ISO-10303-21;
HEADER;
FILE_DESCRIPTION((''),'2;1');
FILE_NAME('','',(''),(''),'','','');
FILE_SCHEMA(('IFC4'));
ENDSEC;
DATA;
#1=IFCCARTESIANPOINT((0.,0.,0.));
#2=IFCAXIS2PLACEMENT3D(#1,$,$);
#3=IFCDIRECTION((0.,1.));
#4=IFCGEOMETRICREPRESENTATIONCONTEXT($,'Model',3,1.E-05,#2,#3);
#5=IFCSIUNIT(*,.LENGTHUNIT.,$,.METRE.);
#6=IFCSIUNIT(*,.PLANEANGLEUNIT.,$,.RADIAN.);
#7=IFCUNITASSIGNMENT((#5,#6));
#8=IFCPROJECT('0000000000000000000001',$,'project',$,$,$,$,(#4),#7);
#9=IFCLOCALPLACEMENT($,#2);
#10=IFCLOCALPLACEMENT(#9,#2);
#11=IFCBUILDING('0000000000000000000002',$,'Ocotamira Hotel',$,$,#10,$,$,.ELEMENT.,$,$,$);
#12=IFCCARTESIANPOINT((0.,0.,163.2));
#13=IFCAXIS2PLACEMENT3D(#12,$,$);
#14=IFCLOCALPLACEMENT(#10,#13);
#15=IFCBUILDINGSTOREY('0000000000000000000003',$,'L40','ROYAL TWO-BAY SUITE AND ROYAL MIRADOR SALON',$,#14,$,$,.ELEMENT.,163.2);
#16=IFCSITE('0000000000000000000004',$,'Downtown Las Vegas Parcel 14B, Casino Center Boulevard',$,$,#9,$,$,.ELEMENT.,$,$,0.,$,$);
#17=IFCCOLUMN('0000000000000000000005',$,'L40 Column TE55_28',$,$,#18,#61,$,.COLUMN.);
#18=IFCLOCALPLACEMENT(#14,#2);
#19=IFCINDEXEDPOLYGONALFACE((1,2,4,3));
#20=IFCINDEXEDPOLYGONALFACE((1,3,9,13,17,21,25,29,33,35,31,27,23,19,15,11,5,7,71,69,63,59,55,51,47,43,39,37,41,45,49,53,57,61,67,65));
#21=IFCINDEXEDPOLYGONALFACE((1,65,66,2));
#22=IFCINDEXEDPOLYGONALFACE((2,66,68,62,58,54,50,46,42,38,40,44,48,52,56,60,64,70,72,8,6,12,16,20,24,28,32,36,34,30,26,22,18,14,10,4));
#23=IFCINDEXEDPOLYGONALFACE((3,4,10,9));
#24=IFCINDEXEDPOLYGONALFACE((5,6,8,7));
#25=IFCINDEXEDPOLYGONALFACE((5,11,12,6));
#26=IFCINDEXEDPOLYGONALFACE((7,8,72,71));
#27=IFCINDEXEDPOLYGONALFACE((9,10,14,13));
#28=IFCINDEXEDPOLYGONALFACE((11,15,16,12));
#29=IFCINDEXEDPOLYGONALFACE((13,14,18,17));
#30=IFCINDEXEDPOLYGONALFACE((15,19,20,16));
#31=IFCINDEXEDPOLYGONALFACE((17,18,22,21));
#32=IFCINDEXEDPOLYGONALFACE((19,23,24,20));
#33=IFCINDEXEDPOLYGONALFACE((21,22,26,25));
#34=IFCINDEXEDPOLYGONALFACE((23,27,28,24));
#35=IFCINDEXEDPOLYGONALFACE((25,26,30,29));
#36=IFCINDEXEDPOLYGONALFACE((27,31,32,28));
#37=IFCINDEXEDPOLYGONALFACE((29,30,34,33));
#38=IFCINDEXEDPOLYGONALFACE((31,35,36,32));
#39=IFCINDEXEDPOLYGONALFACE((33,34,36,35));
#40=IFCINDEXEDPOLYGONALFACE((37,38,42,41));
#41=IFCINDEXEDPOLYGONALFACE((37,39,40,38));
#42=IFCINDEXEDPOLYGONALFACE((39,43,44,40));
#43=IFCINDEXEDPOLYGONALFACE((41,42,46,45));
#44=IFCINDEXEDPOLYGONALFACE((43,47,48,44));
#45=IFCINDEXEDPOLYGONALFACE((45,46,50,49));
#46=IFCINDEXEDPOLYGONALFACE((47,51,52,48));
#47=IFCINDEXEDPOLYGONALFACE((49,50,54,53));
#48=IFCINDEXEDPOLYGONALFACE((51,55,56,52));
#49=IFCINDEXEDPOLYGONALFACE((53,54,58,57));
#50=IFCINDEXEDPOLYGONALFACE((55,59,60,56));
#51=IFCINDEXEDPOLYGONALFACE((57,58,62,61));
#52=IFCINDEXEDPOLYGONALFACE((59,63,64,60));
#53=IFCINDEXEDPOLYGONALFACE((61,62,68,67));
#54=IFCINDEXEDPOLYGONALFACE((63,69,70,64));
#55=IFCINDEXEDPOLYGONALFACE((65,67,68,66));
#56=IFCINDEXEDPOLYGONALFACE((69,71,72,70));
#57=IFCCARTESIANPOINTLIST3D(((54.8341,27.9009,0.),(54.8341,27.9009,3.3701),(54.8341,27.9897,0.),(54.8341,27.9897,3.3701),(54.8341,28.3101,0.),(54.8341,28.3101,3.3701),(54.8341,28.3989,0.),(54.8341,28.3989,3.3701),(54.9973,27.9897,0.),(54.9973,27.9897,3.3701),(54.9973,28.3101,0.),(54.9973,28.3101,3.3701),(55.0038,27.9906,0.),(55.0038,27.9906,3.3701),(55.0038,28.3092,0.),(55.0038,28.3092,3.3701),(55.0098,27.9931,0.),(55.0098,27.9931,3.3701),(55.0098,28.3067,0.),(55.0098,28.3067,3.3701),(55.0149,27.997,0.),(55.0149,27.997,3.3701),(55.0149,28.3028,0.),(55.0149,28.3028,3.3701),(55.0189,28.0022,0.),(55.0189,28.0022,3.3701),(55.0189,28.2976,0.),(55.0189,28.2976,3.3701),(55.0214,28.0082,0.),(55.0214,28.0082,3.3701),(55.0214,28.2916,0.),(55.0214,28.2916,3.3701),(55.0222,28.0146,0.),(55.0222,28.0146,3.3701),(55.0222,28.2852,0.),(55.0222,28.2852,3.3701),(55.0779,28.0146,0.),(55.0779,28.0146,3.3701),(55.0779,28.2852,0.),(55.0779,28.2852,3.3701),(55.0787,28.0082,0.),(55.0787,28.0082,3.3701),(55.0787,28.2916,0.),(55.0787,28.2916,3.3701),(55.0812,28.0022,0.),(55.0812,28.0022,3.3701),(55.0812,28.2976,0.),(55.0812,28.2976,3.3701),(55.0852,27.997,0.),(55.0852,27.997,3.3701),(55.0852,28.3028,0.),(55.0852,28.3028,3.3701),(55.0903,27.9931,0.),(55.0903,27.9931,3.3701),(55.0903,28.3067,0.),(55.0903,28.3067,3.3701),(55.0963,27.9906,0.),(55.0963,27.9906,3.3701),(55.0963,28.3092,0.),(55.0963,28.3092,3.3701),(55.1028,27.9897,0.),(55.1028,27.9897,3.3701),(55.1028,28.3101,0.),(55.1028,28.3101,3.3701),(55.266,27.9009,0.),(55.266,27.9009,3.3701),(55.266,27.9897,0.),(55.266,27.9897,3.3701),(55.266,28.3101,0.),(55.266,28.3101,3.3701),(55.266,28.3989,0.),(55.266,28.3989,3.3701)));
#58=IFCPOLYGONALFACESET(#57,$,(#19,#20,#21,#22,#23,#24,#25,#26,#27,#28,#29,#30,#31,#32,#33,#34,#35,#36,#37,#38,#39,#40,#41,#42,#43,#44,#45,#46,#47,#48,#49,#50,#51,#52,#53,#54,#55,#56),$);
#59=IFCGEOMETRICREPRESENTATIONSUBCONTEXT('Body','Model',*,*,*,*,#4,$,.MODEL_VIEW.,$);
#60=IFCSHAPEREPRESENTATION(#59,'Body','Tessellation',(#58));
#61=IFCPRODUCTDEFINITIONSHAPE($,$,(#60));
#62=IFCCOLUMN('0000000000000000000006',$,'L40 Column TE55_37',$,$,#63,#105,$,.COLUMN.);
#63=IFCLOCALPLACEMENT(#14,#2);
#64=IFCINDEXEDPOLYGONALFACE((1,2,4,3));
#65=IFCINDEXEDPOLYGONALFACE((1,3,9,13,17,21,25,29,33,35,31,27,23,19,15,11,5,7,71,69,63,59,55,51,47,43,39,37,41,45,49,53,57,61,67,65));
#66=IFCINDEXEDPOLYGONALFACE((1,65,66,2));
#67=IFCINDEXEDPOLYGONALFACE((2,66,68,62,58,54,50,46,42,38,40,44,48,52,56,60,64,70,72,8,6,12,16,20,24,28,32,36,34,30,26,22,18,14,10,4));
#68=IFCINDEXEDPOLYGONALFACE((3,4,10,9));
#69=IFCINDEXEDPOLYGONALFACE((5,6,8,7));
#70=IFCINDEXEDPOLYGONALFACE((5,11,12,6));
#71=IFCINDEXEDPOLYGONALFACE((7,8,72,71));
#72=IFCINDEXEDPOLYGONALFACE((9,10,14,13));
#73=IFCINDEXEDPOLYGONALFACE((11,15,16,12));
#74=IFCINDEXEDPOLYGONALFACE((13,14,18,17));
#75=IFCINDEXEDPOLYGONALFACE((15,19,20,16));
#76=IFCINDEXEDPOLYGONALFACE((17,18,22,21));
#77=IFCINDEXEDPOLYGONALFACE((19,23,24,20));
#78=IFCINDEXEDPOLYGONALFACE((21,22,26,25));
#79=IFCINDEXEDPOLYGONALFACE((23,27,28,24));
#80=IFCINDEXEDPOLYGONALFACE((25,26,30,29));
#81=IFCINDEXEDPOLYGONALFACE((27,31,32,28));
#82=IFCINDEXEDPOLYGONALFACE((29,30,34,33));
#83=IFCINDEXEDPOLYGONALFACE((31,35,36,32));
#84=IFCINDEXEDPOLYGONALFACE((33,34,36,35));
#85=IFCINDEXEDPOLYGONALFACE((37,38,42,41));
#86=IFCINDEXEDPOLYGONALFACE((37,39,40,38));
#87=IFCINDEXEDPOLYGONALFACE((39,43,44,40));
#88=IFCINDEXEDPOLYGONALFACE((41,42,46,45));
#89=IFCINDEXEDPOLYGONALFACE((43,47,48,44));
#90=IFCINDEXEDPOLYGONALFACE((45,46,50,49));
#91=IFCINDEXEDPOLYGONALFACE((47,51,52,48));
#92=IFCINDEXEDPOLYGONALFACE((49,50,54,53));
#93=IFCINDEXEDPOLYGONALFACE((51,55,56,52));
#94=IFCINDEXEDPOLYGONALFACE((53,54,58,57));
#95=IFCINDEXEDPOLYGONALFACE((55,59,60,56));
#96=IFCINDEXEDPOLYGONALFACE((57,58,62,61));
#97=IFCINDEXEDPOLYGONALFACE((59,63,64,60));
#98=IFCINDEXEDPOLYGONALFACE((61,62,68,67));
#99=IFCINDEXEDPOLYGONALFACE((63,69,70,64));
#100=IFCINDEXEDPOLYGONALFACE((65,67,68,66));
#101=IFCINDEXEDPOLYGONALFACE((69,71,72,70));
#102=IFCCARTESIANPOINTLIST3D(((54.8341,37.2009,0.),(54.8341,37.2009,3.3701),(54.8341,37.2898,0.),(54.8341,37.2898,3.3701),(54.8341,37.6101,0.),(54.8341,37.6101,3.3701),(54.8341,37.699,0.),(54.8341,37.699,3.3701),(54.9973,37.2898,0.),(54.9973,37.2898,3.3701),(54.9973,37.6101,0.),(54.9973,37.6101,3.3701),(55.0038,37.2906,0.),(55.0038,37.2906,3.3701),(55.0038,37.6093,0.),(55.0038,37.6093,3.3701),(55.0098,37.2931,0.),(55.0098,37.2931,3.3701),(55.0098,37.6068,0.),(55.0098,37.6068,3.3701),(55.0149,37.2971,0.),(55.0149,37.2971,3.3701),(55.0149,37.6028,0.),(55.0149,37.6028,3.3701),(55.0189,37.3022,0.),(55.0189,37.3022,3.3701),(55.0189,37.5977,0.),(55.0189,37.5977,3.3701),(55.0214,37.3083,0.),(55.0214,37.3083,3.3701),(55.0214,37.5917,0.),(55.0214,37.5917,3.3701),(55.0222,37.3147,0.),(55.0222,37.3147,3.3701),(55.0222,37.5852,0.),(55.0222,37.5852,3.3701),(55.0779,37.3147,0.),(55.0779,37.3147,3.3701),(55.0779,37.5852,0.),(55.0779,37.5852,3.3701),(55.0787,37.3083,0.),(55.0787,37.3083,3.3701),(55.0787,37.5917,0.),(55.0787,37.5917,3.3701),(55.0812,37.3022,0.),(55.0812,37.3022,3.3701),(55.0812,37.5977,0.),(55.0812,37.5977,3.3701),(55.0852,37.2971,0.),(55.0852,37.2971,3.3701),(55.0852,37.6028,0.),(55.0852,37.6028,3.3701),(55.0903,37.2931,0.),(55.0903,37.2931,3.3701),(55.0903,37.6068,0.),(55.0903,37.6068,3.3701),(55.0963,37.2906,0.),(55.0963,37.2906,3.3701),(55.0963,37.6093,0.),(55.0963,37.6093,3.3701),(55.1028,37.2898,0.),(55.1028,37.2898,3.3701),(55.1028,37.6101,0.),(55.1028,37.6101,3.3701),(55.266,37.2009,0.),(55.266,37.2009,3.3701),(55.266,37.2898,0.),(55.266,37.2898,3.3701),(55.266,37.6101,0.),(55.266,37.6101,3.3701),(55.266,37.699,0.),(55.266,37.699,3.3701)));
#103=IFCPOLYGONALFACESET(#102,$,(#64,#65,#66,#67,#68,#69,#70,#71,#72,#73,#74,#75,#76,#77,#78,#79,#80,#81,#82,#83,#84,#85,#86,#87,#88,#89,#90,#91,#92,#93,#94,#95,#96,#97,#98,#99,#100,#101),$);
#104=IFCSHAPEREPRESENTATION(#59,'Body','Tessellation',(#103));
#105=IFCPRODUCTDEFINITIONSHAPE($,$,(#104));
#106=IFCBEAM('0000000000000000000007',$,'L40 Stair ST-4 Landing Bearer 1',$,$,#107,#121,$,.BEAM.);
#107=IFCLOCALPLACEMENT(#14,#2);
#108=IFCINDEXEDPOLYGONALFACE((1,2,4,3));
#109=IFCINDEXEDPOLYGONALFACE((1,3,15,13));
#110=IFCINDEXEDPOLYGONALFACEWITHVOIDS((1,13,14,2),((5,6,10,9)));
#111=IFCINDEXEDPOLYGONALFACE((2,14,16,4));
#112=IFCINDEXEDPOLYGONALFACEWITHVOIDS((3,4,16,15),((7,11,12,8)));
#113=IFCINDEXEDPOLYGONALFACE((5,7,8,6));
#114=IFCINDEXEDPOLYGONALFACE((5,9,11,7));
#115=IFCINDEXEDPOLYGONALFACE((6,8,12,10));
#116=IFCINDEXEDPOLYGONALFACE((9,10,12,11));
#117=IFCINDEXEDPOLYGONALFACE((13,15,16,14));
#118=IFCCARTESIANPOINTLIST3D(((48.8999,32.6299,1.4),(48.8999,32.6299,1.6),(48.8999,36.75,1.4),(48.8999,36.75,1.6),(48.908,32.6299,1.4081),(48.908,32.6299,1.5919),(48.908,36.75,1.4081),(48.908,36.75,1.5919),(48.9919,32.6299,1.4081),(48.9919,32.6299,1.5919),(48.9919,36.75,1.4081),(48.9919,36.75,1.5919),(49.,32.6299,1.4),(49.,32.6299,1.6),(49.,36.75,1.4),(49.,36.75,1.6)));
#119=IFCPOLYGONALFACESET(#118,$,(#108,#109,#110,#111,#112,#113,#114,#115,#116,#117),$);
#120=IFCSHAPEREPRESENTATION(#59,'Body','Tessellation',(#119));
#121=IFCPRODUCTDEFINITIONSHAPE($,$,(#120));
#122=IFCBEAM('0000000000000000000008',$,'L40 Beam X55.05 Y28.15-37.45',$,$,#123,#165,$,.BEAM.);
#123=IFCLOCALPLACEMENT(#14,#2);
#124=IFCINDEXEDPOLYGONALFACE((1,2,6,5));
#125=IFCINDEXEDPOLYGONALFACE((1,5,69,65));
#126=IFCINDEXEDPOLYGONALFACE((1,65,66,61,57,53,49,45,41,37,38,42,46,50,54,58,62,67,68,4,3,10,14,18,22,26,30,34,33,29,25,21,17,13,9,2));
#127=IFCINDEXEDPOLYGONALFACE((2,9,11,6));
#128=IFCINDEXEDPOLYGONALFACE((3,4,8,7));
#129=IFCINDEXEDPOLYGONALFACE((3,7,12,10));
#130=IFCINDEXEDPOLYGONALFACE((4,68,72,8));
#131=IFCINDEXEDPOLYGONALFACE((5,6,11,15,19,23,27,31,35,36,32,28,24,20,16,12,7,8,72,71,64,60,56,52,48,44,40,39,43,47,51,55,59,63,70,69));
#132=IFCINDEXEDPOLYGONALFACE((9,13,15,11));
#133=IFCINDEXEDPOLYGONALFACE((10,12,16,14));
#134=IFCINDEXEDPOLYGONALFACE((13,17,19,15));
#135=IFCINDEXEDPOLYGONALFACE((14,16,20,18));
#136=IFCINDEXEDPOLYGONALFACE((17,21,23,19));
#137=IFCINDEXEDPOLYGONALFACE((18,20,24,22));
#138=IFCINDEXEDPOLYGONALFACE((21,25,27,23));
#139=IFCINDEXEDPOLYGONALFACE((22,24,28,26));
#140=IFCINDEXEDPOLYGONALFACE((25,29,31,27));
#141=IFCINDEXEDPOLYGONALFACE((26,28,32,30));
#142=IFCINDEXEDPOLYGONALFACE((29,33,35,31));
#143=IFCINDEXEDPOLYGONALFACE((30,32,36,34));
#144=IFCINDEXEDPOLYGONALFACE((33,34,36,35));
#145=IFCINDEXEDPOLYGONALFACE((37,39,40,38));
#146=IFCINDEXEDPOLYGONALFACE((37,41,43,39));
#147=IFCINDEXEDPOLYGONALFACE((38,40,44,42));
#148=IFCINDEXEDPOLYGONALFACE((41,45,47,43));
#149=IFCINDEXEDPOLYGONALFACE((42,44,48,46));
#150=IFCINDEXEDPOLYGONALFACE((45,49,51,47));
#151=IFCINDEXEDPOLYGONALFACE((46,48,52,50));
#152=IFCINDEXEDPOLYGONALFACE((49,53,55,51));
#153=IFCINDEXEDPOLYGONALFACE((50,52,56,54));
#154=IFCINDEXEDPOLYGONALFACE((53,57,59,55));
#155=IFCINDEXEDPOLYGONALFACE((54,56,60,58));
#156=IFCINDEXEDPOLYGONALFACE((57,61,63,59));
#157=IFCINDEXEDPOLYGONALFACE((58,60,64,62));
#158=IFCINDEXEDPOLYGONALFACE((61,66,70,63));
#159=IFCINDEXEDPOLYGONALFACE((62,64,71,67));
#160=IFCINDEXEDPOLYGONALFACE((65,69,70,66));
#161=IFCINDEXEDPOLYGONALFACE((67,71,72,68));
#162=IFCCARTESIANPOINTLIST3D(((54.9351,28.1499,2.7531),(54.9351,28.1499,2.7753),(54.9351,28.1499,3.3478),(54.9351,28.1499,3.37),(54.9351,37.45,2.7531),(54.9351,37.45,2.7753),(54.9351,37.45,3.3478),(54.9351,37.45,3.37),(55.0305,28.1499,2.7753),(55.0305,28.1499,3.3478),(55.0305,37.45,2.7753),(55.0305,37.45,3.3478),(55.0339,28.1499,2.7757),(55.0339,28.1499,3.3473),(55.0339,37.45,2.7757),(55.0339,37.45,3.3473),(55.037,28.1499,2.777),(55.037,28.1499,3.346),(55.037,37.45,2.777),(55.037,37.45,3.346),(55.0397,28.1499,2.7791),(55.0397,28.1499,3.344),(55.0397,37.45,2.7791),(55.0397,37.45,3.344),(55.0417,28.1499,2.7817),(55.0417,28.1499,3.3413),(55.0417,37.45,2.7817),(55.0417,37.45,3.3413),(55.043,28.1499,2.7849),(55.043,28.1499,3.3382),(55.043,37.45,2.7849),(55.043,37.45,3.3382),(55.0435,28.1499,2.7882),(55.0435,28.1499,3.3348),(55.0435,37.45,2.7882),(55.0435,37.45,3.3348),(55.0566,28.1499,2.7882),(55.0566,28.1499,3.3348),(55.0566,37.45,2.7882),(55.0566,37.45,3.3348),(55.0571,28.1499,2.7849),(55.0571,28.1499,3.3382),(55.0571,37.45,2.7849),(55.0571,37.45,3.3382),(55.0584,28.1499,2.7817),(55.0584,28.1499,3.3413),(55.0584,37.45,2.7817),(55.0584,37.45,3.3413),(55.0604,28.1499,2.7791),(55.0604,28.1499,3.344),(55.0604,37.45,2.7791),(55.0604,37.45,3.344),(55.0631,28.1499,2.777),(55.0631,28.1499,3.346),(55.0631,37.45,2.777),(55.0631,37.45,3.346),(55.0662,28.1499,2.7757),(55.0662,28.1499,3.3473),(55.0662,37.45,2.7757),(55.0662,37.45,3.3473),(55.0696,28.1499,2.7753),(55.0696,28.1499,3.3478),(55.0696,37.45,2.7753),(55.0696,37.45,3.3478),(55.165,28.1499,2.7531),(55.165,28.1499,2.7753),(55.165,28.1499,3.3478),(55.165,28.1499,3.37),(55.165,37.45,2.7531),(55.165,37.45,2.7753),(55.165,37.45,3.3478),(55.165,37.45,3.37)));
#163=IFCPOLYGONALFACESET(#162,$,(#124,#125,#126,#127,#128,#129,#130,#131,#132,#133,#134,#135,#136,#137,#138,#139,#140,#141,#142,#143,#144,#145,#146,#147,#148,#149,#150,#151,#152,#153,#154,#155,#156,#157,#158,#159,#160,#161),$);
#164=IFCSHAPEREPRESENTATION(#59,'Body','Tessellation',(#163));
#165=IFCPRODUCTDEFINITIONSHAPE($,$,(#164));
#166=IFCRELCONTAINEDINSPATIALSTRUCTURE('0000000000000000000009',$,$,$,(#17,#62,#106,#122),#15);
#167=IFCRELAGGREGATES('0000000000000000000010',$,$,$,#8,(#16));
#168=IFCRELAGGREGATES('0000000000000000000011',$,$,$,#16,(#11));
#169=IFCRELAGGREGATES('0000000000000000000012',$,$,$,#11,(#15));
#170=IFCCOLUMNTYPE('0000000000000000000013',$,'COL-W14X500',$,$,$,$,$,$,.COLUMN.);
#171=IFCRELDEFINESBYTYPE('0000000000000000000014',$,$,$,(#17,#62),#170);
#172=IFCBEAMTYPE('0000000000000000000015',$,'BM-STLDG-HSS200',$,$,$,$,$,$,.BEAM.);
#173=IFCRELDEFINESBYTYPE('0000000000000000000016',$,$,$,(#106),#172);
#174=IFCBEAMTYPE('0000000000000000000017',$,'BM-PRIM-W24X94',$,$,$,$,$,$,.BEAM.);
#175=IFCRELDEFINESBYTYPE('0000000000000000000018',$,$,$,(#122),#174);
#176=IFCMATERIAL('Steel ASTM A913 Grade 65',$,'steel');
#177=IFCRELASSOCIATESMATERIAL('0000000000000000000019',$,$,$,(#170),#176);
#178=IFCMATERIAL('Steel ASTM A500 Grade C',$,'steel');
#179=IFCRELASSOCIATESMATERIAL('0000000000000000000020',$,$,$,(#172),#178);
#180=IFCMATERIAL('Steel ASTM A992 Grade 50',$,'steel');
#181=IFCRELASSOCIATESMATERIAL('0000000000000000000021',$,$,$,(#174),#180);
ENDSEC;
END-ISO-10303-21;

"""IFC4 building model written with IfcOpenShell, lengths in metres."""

from ifc_helpers import new_model, si_unit, direction, frame, origin, origin_2d, place, context, subcontext, project, spatial, hollow_rectangle, i_section, extrude, source, transform, mapped, material, material_profile, profile_set, type_object, element, save


model = new_model("IFC4")

# Units and contexts
model_context = context("Model", 3, precision=1e-05, world=origin(), true_north=direction((0.0, 1.0)))
body_context = subcontext(model_context, "Body", "Model", "MODEL_VIEW")
ifc_project = project(units=[si_unit("LENGTHUNIT", "METRE"), si_unit("PLANEANGLEUNIT", "RADIAN")], contexts=[model_context])

# Site, building, storey
site_placement = place(None, origin())
site = spatial("IfcSite", under=ifc_project, at=site_placement, Name="Downtown Las Vegas Parcel 14B, Casino Center Boulevard", CompositionType="ELEMENT", RefElevation=0.0)
building_placement = place(site_placement, origin())
building = spatial("IfcBuilding", under=site, at=building_placement, Name="Ocotamira Hotel", CompositionType="ELEMENT")
storey_placement = place(building_placement, frame((0.0, 0.0, 163.2)))
storey = spatial("IfcBuildingStorey", under=building, at=storey_placement, Name="L40", Description="ROYAL TWO-BAY SUITE AND ROYAL MIRADOR SALON", CompositionType="ELEMENT", Elevation=163.2)

# Columns
ifc_material_1 = material(Name="Steel ASTM A913 Grade 65", Category="steel")
ifc_material_profile_1 = material_profile(ifc_material_1, i_section(OverallWidth=0.4319, OverallDepth=0.498, WebThickness=0.0557, FlangeThickness=0.0889, FilletRadius=0.0249, at=origin_2d()), Name="W14X500")
ifc_profile_set_1 = profile_set([ifc_material_profile_1], Name="Steel ASTM A913 Grade 65")
column_type = type_object("IfcColumnType", Name="COL-W14X500", PredefinedType="COLUMN", material=ifc_profile_set_1)
shared_shape_1 = source(origin(), body_context, "Body", "SweptSolid", [
    extrude(i_section(OverallWidth=0.4319, OverallDepth=0.498, WebThickness=0.0557, FlangeThickness=0.0889, FilletRadius=0.0249, at=origin_2d()), origin(), (0.0, 0.0, 1.0), 3.3701),
])
for number, where, z_axis, x_axis, name in (
    (1, (55.05, 28.1499, 0.0), (0.0, 0.0, 1.0), (1.0, 0.0, 0.0), "L40 Column TE55_28"),
    (2, (55.05, 37.45, 0.0), (0.0, 0.0, 1.0), (1.0, 0.0, 0.0), "L40 Column TE55_37"),
):
    element("IfcColumn", number, at=place(storey_placement, frame(where, z_axis=z_axis, x_axis=x_axis)), inside=storey, type_object=column_type, Name=name, PredefinedType="COLUMN", context=body_context, shape_type="MappedRepresentation", body=[
        mapped(shared_shape_1, transform((0.0, 0.0, 0.0), scale=1.0)),
    ])

# Beams
ifc_material_2 = material(Name="Steel ASTM A500 Grade C", Category="steel")
ifc_material_profile_2 = material_profile(ifc_material_2, hollow_rectangle(XDim=0.1001, YDim=0.2, WallThickness=0.0081, at=origin_2d()), Name="HSS200X100X8")
ifc_profile_set_2 = profile_set([ifc_material_profile_2], Name="Steel ASTM A500 Grade C")
beam_type_1 = type_object("IfcBeamType", Name="BM-STLDG-HSS200", PredefinedType="BEAM", material=ifc_profile_set_2)
shared_shape_2 = source(origin(), body_context, "Body", "SweptSolid", [
    extrude(hollow_rectangle(XDim=0.1001, YDim=0.2, WallThickness=0.0081, at=origin_2d()), origin(), (0.0, 0.0, 1.0), 4.1201),
])
beam_1_placement = place(storey_placement, frame((48.95, 32.6299, 1.5), z_axis=(0.0, 1.0, 0.0), x_axis=(-1.0, 0.0, 0.0)))
element("IfcBeam", 3, at=beam_1_placement, inside=storey, type_object=beam_type_1, Name="L40 Stair ST-4 Landing Bearer 1", PredefinedType="BEAM", context=body_context, shape_type="MappedRepresentation", body=[
    mapped(shared_shape_2, transform((0.0, 0.0, 0.0), scale=1.0)),
])
ifc_material_3 = material(Name="Steel ASTM A992 Grade 50", Category="steel")
ifc_material_profile_3 = material_profile(ifc_material_3, i_section(OverallWidth=0.23, OverallDepth=0.6169, WebThickness=0.0132, FlangeThickness=0.0222, FilletRadius=0.0129, at=origin_2d()), Name="W24X94")
ifc_profile_set_3 = profile_set([ifc_material_profile_3], Name="Steel ASTM A992 Grade 50")
beam_type_2 = type_object("IfcBeamType", Name="BM-PRIM-W24X94", PredefinedType="BEAM", material=ifc_profile_set_3)
shared_shape_3 = source(origin(), body_context, "Body", "SweptSolid", [
    extrude(i_section(OverallWidth=0.23, OverallDepth=0.6169, WebThickness=0.0132, FlangeThickness=0.0222, FilletRadius=0.0129, at=origin_2d()), origin(), (0.0, 0.0, 1.0), 9.3),
])
beam_2_placement = place(storey_placement, frame((55.05, 28.1499, 3.0615), z_axis=(0.0, 1.0, 0.0), x_axis=(-1.0, 0.0, 0.0)))
element("IfcBeam", 4, at=beam_2_placement, inside=storey, type_object=beam_type_2, Name="L40 Beam X55.05 Y28.15-37.45", PredefinedType="BEAM", context=body_context, shape_type="MappedRepresentation", body=[
    mapped(shared_shape_3, transform((0.0, 0.0, 0.0), scale=1.0)),
])

save(model, "model.ifc")
